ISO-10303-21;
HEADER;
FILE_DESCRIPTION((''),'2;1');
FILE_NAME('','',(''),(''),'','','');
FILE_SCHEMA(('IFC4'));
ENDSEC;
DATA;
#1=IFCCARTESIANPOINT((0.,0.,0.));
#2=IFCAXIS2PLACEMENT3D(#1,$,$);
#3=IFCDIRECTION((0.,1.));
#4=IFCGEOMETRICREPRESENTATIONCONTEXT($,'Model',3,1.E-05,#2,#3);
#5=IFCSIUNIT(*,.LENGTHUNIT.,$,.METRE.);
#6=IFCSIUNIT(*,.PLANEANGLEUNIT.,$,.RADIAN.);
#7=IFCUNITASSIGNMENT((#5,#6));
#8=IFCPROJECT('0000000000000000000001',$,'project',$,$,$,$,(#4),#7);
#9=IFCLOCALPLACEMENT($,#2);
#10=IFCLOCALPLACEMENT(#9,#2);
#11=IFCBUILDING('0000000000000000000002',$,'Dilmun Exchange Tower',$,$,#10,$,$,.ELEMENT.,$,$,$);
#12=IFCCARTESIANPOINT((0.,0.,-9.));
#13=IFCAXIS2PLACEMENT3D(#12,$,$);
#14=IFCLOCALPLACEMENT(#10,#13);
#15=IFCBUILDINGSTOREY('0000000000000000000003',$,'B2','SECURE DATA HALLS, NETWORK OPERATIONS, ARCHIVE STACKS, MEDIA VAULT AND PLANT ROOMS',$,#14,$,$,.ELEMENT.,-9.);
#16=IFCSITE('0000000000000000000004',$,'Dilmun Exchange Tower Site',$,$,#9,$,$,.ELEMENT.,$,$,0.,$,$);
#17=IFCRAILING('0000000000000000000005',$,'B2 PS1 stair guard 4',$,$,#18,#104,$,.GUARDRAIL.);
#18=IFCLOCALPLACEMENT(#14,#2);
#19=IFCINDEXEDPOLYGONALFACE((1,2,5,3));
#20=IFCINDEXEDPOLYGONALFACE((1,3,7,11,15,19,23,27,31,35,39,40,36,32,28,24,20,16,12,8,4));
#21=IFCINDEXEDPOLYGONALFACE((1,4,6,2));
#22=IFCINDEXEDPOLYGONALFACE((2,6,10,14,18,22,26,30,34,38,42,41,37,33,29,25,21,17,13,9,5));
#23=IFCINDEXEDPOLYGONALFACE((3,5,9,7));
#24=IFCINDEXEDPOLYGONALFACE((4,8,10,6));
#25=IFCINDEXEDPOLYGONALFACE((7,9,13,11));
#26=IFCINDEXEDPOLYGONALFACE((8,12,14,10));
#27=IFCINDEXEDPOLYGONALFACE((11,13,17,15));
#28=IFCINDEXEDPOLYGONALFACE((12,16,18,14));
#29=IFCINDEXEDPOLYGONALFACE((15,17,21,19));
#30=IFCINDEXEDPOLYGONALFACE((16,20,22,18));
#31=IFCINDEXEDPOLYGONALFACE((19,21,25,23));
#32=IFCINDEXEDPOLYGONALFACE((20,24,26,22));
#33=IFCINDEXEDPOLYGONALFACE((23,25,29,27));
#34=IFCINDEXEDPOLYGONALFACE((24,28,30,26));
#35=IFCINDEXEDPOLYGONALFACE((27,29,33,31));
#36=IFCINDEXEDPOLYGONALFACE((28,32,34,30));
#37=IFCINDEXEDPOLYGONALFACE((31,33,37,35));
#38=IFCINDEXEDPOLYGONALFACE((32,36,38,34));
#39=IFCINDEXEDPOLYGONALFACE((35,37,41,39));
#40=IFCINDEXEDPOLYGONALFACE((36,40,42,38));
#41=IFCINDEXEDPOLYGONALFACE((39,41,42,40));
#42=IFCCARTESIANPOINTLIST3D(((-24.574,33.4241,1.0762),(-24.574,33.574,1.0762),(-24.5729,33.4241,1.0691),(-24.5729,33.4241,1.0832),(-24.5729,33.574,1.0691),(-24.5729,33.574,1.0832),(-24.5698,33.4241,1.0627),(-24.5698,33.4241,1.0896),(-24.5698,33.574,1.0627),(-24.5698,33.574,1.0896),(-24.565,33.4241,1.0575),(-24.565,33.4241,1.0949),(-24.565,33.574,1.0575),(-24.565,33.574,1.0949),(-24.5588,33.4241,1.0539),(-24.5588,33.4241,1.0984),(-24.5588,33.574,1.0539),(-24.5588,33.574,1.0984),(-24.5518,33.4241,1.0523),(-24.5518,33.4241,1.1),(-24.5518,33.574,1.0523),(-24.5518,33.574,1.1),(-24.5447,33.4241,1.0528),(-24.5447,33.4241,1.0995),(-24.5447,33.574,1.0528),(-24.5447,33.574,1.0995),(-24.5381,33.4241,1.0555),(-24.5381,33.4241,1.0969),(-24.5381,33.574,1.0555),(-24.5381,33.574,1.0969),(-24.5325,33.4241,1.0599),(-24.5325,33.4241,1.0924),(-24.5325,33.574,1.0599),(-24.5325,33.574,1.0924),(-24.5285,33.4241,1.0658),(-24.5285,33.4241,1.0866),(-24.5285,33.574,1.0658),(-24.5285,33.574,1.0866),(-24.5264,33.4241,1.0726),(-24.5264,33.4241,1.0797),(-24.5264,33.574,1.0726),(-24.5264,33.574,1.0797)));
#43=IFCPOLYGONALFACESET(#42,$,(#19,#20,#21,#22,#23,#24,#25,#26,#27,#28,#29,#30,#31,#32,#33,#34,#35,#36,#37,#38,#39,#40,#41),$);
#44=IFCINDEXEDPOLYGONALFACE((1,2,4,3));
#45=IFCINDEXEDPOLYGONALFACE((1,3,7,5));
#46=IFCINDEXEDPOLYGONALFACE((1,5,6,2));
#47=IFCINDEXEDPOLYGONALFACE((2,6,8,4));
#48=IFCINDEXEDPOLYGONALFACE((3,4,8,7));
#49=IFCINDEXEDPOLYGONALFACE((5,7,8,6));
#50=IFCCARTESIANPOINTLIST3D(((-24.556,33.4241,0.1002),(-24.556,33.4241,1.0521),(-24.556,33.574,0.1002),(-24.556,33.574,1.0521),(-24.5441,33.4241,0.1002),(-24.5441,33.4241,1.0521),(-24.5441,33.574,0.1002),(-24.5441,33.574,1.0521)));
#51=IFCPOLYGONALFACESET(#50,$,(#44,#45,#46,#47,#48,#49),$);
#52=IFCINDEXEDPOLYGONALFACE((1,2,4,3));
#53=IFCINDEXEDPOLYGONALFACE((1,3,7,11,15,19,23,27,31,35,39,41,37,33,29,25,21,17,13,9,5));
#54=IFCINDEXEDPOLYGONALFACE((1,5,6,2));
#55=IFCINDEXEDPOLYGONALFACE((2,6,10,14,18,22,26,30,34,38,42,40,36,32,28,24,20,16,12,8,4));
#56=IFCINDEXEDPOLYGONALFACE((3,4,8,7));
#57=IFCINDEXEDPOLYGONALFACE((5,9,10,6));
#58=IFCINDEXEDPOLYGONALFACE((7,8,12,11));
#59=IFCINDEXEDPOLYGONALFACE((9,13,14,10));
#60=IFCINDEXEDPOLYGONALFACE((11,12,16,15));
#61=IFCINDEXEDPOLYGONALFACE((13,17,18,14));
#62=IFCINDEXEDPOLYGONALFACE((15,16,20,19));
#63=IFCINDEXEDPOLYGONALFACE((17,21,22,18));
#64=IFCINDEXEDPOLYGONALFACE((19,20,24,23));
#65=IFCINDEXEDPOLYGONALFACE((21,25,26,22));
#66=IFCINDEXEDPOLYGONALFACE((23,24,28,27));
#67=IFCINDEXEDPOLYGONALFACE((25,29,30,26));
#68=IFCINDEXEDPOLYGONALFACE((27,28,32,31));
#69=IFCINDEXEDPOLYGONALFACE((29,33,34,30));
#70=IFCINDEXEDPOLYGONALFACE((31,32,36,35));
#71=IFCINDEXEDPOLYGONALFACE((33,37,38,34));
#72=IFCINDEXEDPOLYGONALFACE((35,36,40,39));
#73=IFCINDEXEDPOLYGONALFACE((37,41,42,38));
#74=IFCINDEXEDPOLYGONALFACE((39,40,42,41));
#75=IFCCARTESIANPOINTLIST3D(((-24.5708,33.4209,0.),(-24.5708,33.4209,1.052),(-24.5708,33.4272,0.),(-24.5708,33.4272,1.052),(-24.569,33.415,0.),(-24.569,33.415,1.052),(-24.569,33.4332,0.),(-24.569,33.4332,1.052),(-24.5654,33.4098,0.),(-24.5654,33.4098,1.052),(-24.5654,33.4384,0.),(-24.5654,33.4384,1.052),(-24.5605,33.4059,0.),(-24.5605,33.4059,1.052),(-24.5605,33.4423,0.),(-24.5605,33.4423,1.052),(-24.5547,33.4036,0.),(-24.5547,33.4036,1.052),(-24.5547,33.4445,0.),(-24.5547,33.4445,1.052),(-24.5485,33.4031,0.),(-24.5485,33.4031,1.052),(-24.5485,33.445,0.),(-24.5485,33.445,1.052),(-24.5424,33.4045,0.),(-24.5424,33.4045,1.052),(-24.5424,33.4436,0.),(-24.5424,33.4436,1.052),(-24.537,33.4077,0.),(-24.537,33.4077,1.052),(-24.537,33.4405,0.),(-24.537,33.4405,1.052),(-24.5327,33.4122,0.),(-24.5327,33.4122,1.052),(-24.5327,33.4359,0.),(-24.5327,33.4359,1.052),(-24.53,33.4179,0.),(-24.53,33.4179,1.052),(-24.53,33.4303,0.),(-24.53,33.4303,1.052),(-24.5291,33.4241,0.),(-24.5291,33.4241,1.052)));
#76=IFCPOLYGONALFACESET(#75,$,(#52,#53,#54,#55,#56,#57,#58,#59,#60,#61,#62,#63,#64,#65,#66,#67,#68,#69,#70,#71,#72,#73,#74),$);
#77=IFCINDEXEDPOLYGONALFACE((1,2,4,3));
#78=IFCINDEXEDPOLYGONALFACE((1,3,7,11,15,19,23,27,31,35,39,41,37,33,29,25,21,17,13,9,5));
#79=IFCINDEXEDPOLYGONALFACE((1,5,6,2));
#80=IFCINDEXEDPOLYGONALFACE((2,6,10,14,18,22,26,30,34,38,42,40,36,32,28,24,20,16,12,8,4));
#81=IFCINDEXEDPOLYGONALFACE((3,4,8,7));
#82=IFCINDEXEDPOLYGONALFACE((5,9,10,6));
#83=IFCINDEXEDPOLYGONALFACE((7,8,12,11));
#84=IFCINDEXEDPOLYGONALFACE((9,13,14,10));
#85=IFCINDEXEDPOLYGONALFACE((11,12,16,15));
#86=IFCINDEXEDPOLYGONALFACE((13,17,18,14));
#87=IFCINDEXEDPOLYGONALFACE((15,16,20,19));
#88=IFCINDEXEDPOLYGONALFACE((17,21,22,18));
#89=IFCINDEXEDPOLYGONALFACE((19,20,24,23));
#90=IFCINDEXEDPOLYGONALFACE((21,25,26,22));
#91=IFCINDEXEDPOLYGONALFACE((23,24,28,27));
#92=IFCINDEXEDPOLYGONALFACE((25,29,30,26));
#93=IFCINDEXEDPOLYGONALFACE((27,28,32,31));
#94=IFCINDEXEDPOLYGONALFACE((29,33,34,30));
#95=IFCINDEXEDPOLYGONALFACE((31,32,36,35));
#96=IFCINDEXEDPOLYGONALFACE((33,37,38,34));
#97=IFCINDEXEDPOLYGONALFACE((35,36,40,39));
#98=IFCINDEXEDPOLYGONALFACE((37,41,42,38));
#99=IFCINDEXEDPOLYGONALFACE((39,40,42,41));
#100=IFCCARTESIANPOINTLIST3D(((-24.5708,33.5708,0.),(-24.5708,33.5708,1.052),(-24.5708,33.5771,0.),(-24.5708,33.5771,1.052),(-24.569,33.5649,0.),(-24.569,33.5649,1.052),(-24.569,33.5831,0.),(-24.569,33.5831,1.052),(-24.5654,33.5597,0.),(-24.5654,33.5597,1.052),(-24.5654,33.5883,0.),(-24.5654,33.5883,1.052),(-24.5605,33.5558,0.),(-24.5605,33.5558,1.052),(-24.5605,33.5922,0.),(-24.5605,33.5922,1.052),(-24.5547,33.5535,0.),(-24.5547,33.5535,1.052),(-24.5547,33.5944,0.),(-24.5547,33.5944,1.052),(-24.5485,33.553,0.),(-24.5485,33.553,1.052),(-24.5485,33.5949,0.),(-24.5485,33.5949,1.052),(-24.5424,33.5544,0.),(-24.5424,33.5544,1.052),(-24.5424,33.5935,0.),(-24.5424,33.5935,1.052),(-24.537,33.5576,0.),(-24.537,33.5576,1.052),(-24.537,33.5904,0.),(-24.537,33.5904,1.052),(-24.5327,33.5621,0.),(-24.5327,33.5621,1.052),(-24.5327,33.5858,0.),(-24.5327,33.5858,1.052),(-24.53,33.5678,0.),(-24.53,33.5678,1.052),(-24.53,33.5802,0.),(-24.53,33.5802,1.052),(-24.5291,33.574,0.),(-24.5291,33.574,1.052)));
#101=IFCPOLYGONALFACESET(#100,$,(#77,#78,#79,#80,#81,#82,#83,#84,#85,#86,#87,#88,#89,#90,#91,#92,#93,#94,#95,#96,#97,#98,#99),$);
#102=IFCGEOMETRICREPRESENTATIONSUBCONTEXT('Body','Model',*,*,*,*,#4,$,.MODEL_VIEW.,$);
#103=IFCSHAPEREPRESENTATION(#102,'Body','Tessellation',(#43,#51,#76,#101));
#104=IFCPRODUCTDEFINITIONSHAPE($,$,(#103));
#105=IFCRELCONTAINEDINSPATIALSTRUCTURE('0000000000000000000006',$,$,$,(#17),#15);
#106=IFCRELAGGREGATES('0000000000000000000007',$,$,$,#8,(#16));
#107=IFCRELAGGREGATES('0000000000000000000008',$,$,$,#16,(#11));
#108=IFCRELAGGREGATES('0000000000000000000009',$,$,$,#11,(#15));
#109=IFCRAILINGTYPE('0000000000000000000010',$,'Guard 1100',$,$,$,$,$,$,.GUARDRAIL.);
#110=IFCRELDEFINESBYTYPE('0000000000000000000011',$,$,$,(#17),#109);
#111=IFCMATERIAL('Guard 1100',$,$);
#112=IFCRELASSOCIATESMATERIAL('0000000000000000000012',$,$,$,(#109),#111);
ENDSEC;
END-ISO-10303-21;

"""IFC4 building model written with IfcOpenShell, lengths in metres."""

from ifc_helpers import new_model, si_unit, direction, frame, origin, origin_2d, place, context, subcontext, project, spatial, rectangle, circle, extrude, material, type_object, element, save


model = new_model("IFC4")

# Units and contexts
model_context = context("Model", 3, precision=1e-05, world=origin(), true_north=direction((0.0, 1.0)))
body_context = subcontext(model_context, "Body", "Model", "MODEL_VIEW")
ifc_project = project(units=[si_unit("LENGTHUNIT", "METRE"), si_unit("PLANEANGLEUNIT", "RADIAN")], contexts=[model_context])

# Site, building, storey
site_placement = place(None, origin())
site = spatial("IfcSite", under=ifc_project, at=site_placement, Name="Dilmun Exchange Tower Site", CompositionType="ELEMENT", RefElevation=0.0)
building_placement = place(site_placement, origin())
building = spatial("IfcBuilding", under=site, at=building_placement, Name="Dilmun Exchange Tower", CompositionType="ELEMENT")
storey_placement = place(building_placement, frame((0.0, 0.0, -9.0)))
storey = spatial("IfcBuildingStorey", under=building, at=storey_placement, Name="B2", Description="SECURE DATA HALLS, NETWORK OPERATIONS, ARCHIVE STACKS, MEDIA VAULT AND PLANT ROOMS", CompositionType="ELEMENT", Elevation=-9.0)

# Railing
ifc_material_1 = material(Name="Guard 1100")
railing_type_1 = type_object("IfcRailingType", Name="Guard 1100", PredefinedType="GUARDRAIL", material=ifc_material_1)
railing_1_placement = place(storey_placement, frame((-24.55, 33.4241, 0.0)))
element("IfcRailing", 1, at=railing_1_placement, inside=storey, type_object=railing_type_1, Name="B2 PS1 stair guard 4", PredefinedType="GUARDRAIL", context=body_context, shape_type="SweptSolid", body=[
    extrude(circle(Radius=0.0239, at=origin_2d()), frame((0.0, 0.0, 1.0762), z_axis=(0.0, 1.0, 0.0), x_axis=(-1.0, 0.0, 0.0)), (0.0, 0.0, 1.0), 0.1499),
    extrude(rectangle(XDim=0.012, YDim=0.9519, at=origin_2d()), frame((0.0, 0.0, 0.5762), z_axis=(0.0, 1.0, 0.0), x_axis=(-1.0, 0.0, 0.0)), (0.0, 0.0, 1.0), 0.1499),
    extrude(circle(Radius=0.021, at=origin_2d()), origin(), (0.0, 0.0, 1.0), 1.052),
    extrude(circle(Radius=0.021, at=origin_2d()), frame((0.0, 0.1499, 0.0)), (0.0, 0.0, 1.0), 1.052),
])

save(model, "model.ifc")
